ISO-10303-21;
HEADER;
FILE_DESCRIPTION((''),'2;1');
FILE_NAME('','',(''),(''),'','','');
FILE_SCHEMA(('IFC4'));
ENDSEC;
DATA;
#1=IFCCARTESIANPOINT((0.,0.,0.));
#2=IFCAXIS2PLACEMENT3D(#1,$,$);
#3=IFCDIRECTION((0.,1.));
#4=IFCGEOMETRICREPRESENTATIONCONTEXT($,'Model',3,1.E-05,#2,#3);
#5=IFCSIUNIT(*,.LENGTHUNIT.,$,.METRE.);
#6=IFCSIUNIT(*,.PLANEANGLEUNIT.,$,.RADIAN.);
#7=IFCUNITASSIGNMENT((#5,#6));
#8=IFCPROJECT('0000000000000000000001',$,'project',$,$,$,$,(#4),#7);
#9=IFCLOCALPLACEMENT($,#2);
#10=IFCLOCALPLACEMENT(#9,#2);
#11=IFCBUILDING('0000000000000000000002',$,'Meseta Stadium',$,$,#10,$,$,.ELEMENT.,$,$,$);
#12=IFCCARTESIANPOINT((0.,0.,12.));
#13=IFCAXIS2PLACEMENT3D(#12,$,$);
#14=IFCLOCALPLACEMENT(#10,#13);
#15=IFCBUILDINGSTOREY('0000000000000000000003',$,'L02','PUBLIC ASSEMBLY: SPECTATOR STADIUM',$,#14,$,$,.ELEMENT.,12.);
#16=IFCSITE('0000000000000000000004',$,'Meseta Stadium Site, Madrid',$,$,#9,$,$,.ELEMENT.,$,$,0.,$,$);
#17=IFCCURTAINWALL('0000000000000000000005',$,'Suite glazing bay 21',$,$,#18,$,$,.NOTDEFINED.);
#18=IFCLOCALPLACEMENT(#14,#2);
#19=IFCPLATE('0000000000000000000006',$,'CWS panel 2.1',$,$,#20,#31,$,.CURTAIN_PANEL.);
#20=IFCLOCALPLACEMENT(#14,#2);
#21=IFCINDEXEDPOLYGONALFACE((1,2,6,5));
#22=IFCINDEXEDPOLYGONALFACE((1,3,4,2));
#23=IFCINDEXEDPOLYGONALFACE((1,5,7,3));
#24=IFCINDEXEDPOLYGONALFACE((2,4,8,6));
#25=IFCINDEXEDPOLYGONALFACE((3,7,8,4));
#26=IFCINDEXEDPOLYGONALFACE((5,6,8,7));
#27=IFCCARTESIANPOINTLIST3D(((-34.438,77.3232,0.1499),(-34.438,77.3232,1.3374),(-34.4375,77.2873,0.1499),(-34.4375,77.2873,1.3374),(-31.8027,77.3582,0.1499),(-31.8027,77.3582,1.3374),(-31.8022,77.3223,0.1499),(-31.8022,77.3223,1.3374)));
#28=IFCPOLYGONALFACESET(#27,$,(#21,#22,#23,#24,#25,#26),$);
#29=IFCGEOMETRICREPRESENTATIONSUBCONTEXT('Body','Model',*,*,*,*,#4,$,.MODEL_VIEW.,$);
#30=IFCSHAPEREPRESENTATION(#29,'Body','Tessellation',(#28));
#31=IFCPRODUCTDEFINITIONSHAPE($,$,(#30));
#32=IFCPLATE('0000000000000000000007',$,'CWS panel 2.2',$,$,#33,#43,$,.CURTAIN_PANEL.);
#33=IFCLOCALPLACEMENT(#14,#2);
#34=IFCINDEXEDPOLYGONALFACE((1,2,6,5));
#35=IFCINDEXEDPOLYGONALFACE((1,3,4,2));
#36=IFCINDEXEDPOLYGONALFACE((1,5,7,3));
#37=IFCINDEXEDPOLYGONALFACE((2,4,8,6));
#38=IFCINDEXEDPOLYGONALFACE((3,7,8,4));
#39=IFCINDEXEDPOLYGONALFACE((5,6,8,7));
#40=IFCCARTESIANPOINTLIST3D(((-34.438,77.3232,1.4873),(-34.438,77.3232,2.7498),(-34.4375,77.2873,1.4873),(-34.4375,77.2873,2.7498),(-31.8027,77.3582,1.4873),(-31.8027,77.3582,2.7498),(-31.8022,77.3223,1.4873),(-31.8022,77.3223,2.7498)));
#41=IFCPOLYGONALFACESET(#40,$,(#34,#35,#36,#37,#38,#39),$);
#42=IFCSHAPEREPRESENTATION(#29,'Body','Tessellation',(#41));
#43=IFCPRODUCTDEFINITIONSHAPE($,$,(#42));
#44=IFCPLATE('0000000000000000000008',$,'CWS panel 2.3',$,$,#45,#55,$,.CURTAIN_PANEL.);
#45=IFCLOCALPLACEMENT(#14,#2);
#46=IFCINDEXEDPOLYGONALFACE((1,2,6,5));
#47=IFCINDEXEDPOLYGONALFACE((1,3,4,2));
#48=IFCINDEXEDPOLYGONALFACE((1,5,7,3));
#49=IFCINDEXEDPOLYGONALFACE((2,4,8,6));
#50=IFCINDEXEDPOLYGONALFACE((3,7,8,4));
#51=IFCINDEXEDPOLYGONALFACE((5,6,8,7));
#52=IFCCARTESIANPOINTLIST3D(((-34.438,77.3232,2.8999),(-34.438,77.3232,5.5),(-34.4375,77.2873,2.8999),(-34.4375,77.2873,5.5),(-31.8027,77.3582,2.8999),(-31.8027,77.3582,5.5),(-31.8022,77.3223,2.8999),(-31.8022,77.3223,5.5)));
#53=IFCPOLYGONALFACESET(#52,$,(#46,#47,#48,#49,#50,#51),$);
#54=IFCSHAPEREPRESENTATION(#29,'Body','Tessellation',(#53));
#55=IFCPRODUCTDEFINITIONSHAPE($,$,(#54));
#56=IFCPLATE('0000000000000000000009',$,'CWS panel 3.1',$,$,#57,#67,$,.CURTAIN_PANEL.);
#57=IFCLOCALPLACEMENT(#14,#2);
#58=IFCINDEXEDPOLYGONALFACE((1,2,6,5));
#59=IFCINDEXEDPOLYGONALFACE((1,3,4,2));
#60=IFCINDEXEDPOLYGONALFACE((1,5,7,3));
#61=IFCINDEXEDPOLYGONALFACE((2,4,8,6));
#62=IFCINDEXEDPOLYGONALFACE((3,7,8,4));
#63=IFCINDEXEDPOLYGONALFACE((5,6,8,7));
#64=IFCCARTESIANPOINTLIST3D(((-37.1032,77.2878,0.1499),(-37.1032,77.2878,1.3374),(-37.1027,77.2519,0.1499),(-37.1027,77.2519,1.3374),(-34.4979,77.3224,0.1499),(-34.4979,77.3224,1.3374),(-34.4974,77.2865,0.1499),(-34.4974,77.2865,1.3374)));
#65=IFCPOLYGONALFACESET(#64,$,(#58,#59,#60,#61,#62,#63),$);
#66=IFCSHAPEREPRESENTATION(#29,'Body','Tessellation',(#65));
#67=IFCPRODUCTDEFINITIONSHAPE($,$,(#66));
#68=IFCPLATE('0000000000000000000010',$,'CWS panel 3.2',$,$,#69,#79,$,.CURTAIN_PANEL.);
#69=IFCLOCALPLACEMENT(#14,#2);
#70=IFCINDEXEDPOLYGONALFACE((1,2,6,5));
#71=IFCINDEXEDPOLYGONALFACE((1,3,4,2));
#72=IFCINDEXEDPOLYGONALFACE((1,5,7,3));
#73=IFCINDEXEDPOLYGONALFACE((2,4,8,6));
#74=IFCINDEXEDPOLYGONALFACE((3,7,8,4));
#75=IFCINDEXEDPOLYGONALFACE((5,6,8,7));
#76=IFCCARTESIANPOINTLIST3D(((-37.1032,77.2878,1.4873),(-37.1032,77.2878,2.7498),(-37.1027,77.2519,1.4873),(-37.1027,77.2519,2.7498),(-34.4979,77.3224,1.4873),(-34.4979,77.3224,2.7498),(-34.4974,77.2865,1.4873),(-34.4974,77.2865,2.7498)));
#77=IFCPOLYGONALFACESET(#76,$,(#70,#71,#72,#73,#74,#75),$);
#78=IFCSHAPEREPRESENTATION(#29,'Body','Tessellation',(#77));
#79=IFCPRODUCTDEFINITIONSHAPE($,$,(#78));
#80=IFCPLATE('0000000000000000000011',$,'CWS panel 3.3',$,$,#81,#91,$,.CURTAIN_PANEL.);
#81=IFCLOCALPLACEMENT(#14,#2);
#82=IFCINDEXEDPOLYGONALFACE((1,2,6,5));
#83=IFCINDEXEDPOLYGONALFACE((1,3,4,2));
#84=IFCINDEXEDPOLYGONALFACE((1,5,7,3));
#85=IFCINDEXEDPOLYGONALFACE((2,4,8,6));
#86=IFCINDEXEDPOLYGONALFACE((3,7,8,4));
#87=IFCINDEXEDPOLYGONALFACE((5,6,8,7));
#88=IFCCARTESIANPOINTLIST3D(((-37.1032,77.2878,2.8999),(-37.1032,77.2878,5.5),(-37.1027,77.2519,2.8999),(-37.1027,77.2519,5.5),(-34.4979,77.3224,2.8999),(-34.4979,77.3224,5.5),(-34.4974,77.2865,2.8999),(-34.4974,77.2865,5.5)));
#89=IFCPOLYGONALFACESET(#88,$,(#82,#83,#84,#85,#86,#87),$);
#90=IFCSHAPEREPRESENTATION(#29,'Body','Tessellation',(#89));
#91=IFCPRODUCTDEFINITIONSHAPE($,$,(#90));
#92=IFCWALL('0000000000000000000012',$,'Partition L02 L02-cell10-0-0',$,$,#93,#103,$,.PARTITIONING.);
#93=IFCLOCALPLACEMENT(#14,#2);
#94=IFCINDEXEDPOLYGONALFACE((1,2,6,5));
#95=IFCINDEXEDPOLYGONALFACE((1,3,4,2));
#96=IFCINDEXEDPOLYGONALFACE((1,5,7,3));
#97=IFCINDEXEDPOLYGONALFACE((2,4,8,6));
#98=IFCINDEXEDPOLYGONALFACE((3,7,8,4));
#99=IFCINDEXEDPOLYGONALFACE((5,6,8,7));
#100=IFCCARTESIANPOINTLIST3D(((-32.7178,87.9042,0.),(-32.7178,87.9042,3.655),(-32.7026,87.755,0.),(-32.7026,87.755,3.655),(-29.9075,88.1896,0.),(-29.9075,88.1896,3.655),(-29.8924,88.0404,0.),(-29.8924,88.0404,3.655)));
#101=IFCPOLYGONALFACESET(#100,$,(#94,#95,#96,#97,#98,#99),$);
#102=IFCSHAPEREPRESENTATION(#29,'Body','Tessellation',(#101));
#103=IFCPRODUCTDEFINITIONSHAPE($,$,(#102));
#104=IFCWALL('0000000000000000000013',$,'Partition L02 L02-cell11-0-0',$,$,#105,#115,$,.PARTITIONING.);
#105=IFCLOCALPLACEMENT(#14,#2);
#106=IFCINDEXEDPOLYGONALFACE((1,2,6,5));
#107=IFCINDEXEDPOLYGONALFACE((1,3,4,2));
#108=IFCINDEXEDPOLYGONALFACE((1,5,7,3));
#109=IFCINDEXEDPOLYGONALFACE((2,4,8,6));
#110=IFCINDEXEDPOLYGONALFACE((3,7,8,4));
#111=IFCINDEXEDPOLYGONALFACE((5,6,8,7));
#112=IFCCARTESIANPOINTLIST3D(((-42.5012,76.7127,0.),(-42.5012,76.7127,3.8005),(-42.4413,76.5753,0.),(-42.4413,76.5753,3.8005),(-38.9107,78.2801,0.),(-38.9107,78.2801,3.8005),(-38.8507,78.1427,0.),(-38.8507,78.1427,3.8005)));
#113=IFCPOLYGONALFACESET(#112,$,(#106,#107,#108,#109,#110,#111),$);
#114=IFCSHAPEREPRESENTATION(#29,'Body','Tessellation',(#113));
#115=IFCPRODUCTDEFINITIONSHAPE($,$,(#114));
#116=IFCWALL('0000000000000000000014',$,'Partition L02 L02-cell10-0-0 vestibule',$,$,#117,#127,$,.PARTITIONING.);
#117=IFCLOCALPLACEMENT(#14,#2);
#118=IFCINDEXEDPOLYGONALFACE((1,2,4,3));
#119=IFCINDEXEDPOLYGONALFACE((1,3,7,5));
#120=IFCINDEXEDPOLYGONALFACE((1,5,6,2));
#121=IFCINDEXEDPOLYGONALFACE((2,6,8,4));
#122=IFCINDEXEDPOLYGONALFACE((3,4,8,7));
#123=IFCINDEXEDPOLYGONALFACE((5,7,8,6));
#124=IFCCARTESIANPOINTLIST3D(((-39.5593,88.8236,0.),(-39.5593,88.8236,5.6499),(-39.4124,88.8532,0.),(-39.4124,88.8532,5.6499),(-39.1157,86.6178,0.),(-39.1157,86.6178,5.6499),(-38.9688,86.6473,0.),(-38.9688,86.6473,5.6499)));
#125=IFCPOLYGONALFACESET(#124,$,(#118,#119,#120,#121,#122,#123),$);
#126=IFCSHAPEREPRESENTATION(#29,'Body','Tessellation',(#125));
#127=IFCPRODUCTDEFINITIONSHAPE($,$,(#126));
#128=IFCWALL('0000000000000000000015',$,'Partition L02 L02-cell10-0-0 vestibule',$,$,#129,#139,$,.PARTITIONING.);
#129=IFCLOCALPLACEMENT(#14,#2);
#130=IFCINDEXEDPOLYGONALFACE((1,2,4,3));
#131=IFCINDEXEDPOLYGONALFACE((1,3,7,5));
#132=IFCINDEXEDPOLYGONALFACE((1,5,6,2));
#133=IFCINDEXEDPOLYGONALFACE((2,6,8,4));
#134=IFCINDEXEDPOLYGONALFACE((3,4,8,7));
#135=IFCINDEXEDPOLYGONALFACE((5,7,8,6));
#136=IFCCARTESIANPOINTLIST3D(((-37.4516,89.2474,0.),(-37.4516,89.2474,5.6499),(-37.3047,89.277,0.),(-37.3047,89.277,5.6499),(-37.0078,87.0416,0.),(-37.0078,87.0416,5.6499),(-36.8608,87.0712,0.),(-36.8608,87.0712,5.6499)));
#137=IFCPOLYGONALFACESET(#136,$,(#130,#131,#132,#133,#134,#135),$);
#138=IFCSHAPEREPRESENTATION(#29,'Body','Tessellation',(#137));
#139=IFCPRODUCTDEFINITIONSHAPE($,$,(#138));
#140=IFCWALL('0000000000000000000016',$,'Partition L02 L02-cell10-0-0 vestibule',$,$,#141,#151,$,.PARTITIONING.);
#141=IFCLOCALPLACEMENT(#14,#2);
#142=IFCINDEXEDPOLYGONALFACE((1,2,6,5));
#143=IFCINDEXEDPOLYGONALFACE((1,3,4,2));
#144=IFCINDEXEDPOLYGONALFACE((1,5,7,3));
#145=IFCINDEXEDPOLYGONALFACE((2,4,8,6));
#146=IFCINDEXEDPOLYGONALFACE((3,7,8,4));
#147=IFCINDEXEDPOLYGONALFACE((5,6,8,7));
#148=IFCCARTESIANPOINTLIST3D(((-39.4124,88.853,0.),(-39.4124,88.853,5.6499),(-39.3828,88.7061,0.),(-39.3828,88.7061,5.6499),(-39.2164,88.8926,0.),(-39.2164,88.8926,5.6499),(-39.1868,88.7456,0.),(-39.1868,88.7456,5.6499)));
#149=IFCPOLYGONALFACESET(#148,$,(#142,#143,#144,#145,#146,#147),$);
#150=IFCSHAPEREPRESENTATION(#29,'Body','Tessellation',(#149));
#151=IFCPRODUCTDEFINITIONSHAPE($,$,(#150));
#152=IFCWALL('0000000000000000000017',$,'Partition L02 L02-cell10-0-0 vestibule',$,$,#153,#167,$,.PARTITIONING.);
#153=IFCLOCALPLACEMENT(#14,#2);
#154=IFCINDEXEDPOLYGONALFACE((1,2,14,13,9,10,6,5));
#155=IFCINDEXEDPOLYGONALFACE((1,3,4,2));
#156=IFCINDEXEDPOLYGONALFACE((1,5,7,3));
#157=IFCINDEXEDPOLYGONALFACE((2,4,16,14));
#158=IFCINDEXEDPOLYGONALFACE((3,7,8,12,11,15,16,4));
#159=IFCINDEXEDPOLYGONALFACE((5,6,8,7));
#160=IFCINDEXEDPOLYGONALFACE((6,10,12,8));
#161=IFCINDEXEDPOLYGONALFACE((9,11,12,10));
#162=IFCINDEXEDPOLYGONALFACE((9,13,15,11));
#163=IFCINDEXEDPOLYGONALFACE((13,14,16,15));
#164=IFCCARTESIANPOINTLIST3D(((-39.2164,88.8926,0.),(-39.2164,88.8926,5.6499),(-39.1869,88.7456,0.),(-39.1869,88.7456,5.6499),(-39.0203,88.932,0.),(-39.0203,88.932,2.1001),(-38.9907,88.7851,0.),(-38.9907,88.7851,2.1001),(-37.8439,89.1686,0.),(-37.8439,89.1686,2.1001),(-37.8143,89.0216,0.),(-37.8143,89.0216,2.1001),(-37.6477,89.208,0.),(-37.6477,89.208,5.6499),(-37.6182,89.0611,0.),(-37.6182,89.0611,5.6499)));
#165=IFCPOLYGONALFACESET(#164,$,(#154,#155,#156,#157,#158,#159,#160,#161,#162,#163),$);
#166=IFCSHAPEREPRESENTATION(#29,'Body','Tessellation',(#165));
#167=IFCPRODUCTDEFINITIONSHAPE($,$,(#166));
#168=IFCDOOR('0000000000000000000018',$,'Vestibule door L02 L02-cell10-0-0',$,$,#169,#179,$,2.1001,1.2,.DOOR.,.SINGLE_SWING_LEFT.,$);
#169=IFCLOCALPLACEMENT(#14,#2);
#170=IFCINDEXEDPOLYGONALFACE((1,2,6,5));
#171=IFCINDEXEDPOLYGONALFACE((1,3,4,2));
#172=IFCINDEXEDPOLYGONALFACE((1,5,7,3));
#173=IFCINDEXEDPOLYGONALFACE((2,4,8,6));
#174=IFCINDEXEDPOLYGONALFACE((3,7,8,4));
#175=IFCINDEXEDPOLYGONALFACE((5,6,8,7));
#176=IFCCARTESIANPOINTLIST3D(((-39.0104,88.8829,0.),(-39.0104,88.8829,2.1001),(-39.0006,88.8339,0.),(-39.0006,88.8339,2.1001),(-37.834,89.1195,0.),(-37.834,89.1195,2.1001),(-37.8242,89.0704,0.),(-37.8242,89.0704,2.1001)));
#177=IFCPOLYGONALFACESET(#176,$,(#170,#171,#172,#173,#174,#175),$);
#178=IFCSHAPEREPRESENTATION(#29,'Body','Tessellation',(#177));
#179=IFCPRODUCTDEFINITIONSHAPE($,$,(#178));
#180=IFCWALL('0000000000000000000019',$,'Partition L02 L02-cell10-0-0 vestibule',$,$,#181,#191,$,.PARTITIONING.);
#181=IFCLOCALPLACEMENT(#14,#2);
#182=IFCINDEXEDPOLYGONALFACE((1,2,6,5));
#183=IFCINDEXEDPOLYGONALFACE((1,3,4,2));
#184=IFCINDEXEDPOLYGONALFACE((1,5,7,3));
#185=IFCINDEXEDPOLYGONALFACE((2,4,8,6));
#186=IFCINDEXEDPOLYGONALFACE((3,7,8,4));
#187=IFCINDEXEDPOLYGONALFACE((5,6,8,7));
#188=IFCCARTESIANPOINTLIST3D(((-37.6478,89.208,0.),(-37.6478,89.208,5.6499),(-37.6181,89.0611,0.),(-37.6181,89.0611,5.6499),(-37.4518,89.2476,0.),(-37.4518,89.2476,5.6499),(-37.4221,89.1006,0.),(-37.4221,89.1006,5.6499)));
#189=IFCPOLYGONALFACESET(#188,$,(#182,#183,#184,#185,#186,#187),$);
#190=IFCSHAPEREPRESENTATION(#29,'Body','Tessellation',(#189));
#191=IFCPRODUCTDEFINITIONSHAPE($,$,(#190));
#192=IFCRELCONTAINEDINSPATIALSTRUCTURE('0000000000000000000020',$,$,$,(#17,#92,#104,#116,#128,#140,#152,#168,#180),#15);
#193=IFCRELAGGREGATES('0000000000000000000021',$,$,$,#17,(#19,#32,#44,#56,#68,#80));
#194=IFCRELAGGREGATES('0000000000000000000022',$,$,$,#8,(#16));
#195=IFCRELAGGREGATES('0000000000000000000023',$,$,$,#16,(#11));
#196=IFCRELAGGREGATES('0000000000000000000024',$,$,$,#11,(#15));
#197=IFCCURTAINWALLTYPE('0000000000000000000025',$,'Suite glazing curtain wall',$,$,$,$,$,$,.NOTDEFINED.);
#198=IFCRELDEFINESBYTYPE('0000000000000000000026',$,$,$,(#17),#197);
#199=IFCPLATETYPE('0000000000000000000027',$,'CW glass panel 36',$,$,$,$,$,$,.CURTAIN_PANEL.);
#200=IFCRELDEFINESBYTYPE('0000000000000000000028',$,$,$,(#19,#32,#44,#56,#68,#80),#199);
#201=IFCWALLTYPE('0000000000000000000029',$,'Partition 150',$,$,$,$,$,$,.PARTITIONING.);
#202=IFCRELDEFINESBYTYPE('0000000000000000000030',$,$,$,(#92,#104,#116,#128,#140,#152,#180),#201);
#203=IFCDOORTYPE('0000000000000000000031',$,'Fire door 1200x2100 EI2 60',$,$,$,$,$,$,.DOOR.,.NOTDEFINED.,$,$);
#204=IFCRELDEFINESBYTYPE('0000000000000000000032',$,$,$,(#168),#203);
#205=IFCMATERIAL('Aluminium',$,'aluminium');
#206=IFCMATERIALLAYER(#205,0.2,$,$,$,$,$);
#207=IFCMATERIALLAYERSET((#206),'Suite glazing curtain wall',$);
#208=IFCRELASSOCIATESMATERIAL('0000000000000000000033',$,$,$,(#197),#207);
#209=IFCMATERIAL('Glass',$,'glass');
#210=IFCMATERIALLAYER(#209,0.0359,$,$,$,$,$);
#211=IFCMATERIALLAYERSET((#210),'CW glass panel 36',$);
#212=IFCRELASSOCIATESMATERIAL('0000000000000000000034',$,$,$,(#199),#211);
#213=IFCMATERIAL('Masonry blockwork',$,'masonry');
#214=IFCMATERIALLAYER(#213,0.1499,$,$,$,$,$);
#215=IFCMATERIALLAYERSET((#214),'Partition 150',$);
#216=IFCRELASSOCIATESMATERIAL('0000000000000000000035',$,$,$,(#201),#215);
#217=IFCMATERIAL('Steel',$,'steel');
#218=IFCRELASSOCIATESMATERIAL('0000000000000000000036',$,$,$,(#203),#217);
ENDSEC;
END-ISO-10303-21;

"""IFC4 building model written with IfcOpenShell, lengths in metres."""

from ifc_helpers import new_model, si_unit, direction, frame, frame_2d, origin, origin_2d, place, context, subcontext, project, spatial, rectangle, extrude, material, layer, layer_set, type_object, element, fill, aggregate, save


model = new_model("IFC4")

# Units and contexts
model_context = context("Model", 3, precision=1e-05, world=origin(), true_north=direction((0.0, 1.0)))
body_context = subcontext(model_context, "Body", "Model", "MODEL_VIEW")
ifc_project = project(units=[si_unit("LENGTHUNIT", "METRE"), si_unit("PLANEANGLEUNIT", "RADIAN")], contexts=[model_context])

# Site, building, storey
site_placement = place(None, origin())
site = spatial("IfcSite", under=ifc_project, at=site_placement, Name="Meseta Stadium Site, Madrid", CompositionType="ELEMENT", RefElevation=0.0)
building_placement = place(site_placement, origin())
building = spatial("IfcBuilding", under=site, at=building_placement, Name="Meseta Stadium", CompositionType="ELEMENT")
storey_placement = place(building_placement, frame((0.0, 0.0, 12.0)))
storey = spatial("IfcBuildingStorey", under=building, at=storey_placement, Name="L02", Description="PUBLIC ASSEMBLY: SPECTATOR STADIUM", CompositionType="ELEMENT", Elevation=12.0)

# Curtain wall
ifc_material_1 = material(Name="Aluminium", Category="aluminium")
ifc_layer_1 = layer(ifc_material_1, 0.2)
ifc_layer_set_1 = layer_set([ifc_layer_1], Name="Suite glazing curtain wall")
curtain_wall_type = type_object("IfcCurtainWallType", Name="Suite glazing curtain wall", PredefinedType="NOTDEFINED", material=ifc_layer_set_1)
curtain_wall_placement = place(storey_placement, origin())
curtain_wall = element("IfcCurtainWall", 1, at=curtain_wall_placement, inside=storey, type_object=curtain_wall_type, Name="Suite glazing bay 21", PredefinedType="NOTDEFINED")

# Plates
ifc_material_2 = material(Name="Glass", Category="glass")
ifc_layer_2 = layer(ifc_material_2, 0.0359)
ifc_layer_set_2 = layer_set([ifc_layer_2], Name="CW glass panel 36")
plate_type = type_object("IfcPlateType", Name="CW glass panel 36", PredefinedType="CURTAIN_PANEL", material=ifc_layer_set_2)
plate_1_placement = place(storey_placement, frame((-33.1201, 77.3228, 0.1499), z_axis=(0.0, 0.0, 1.0), x_axis=(-0.999912, -0.013281, 0.0)))
plate_1 = element("IfcPlate", 2, at=plate_1_placement, type_object=plate_type, Name="CWS panel 2.1", PredefinedType="CURTAIN_PANEL", context=body_context, shape_type="SweptSolid", body=[
    extrude(rectangle(XDim=2.6355, YDim=0.0359, at=origin_2d()), origin(), (0.0, 0.0, 1.0), 1.1875),
])
plate_2_placement = place(storey_placement, frame((-33.1201, 77.3228, 1.4873), z_axis=(0.0, 0.0, 1.0), x_axis=(-0.999912, -0.013281, 0.0)))
plate_2 = element("IfcPlate", 3, at=plate_2_placement, type_object=plate_type, Name="CWS panel 2.2", PredefinedType="CURTAIN_PANEL", context=body_context, shape_type="SweptSolid", body=[
    extrude(rectangle(XDim=2.6355, YDim=0.0359, at=origin_2d()), origin(), (0.0, 0.0, 1.0), 1.2625),
])
plate_3_placement = place(storey_placement, frame((-33.1201, 77.3228, 2.8999), z_axis=(0.0, 0.0, 1.0), x_axis=(-0.999912, -0.013281, 0.0)))
plate_3 = element("IfcPlate", 4, at=plate_3_placement, type_object=plate_type, Name="CWS panel 2.3", PredefinedType="CURTAIN_PANEL", context=body_context, shape_type="SweptSolid", body=[
    extrude(rectangle(XDim=2.6355, YDim=0.0359, at=origin_2d()), origin(), (0.0, 0.0, 1.0), 2.6001),
])
plate_4_placement = place(storey_placement, frame((-35.8003, 77.2871, 0.1499), z_axis=(0.0, 0.0, 1.0), x_axis=(-0.999912, -0.013281, 0.0)))
plate_4 = element("IfcPlate", 5, at=plate_4_placement, type_object=plate_type, Name="CWS panel 3.1", PredefinedType="CURTAIN_PANEL", context=body_context, shape_type="SweptSolid", body=[
    extrude(rectangle(XDim=2.6055, YDim=0.0359, at=origin_2d()), origin(), (0.0, 0.0, 1.0), 1.1875),
])
plate_5_placement = place(storey_placement, frame((-35.8003, 77.2871, 1.4873), z_axis=(0.0, 0.0, 1.0), x_axis=(-0.999912, -0.013281, 0.0)))
plate_5 = element("IfcPlate", 6, at=plate_5_placement, type_object=plate_type, Name="CWS panel 3.2", PredefinedType="CURTAIN_PANEL", context=body_context, shape_type="SweptSolid", body=[
    extrude(rectangle(XDim=2.6055, YDim=0.0359, at=origin_2d()), origin(), (0.0, 0.0, 1.0), 1.2625),
])
plate_6_placement = place(storey_placement, frame((-35.8003, 77.2871, 2.8999), z_axis=(0.0, 0.0, 1.0), x_axis=(-0.999912, -0.013281, 0.0)))
plate_6 = element("IfcPlate", 7, at=plate_6_placement, type_object=plate_type, Name="CWS panel 3.3", PredefinedType="CURTAIN_PANEL", context=body_context, shape_type="SweptSolid", body=[
    extrude(rectangle(XDim=2.6055, YDim=0.0359, at=origin_2d()), origin(), (0.0, 0.0, 1.0), 2.6001),
])
aggregate(curtain_wall, [plate_1, plate_2, plate_3, plate_4, plate_5, plate_6])

# Walls
ifc_material_3 = material(Name="Masonry blockwork", Category="masonry")
ifc_layer_3 = layer(ifc_material_3, 0.1499)
ifc_layer_set_3 = layer_set([ifc_layer_3], Name="Partition 150")
wall_type = type_object("IfcWallType", Name="Partition 150", PredefinedType="PARTITIONING", material=ifc_layer_set_3)
wall_1_placement = place(storey_placement, frame((-32.7102, 87.8296, 0.0), z_axis=(0.0, 0.0, 1.0), x_axis=(0.994883, 0.101035, 0.0)))
element("IfcWall", 8, at=wall_1_placement, inside=storey, type_object=wall_type, Name="Partition L02 L02-cell10-0-0", PredefinedType="PARTITIONING", context=body_context, shape_type="SweptSolid", body=[
    extrude(rectangle(XDim=2.8247, YDim=0.1499, at=frame_2d((1.4124, 0.0))), origin(), (0.0, 0.0, 1.0), 3.655),
])
wall_2_placement = place(storey_placement, frame((-38.8806, 78.2114, 0.0), z_axis=(0.0, 0.0, 1.0), x_axis=(-0.916485, -0.40007, 0.0)))
element("IfcWall", 9, at=wall_2_placement, inside=storey, type_object=wall_type, Name="Partition L02 L02-cell11-0-0", PredefinedType="PARTITIONING", context=body_context, shape_type="SweptSolid", body=[
    extrude(rectangle(XDim=3.9177, YDim=0.1499, at=frame_2d((1.959, 0.0))), origin(), (0.0, 0.0, 1.0), 3.8005),
])
for number, where, z_axis, x_axis, name in (
    (10, (-39.0422, 86.6326, 0.0), (0.0, 0.0, 1.0), (-0.197159, 0.980371, 0.0), "Partition L02 L02-cell10-0-0 vestibule"),
    (11, (-36.9343, 87.0564, 0.0), (0.0, 0.0, 1.0), (-0.197264, 0.98035, 0.0), "Partition L02 L02-cell10-0-0 vestibule"),
):
    element("IfcWall", number, at=place(storey_placement, frame(where, z_axis=z_axis, x_axis=x_axis)), inside=storey, type_object=wall_type, Name=name, PredefinedType="PARTITIONING", context=body_context, shape_type="SweptSolid", body=[
        extrude(rectangle(XDim=2.25, YDim=0.1499, at=frame_2d((1.125, 0.0))), origin(), (0.0, 0.0, 1.0), 5.6499),
    ])
wall_3_placement = place(storey_placement, frame((-39.3977, 88.7795, 0.0), z_axis=(0.0, 0.0, 1.0), x_axis=(0.980251, 0.197759, 0.0)))
element("IfcWall", 12, at=wall_3_placement, inside=storey, type_object=wall_type, Name="Partition L02 L02-cell10-0-0 vestibule", PredefinedType="PARTITIONING", context=body_context, shape_type="SweptSolid", body=[
    extrude(rectangle(XDim=0.2, YDim=0.1499, at=frame_2d((0.1001, 0.0))), origin(), (0.0, 0.0, 1.0), 5.6499),
])

# Wall, opening, door
wall_4_placement = place(storey_placement, frame((-39.2017, 88.8191, 0.0), z_axis=(0.0, 0.0, 1.0), x_axis=(0.980375, 0.197143, 0.0)))
wall_4 = element("IfcWall", 13, at=wall_4_placement, inside=storey, type_object=wall_type, Name="Partition L02 L02-cell10-0-0 vestibule", PredefinedType="PARTITIONING", context=body_context, shape_type="SweptSolid", body=[
    extrude(rectangle(XDim=1.6001, YDim=0.1499, at=frame_2d((0.8, 0.0))), origin(), (0.0, 0.0, 1.0), 5.6499),
])
opening_placement = place(wall_4_placement, frame((0.2, 0.0, 0.0)))
opening = element("IfcOpeningElement", 14, at=opening_placement, cuts=wall_4, PredefinedType="OPENING", context=body_context, shape_type="SweptSolid", body=[
    extrude(rectangle(XDim=1.2, YDim=2.1001, at=frame_2d((0.6001, 1.05))), frame((0.0, 0.085, 0.0), z_axis=(0.0, -1.0, 0.0), x_axis=(1.0, 0.0, 0.0)), (0.0, 0.0, 1.0), 0.1699),
])
ifc_material_4 = material(Name="Steel", Category="steel")
door_type = type_object("IfcDoorType", Name="Fire door 1200x2100 EI2 60", OperationType="NOTDEFINED", PredefinedType="DOOR", material=ifc_material_4)
door_placement = place(opening_placement, origin())
door = element("IfcDoor", 15, at=door_placement, inside=storey, type_object=door_type, Name="Vestibule door L02 L02-cell10-0-0", OperationType="SINGLE_SWING_LEFT", OverallHeight=2.1001, OverallWidth=1.2, PredefinedType="DOOR", context=body_context, shape_type="SweptSolid", body=[
    extrude(rectangle(XDim=1.2, YDim=2.1001, at=frame_2d((0.6001, 1.05))), frame((0.0, 0.0249, 0.0), z_axis=(0.0, -1.0, 0.0), x_axis=(1.0, 0.0, 0.0)), (0.0, 0.0, 1.0), 0.05),
])
fill(opening, door)

# Wall
wall_5_placement = place(storey_placement, frame((-37.6331, 89.1345, 0.0), z_axis=(0.0, 0.0, 1.0), x_axis=(0.980251, 0.197759, 0.0)))
element("IfcWall", 16, at=wall_5_placement, inside=storey, type_object=wall_type, Name="Partition L02 L02-cell10-0-0 vestibule", PredefinedType="PARTITIONING", context=body_context, shape_type="SweptSolid", body=[
    extrude(rectangle(XDim=0.2, YDim=0.1499, at=frame_2d((0.1001, 0.0))), origin(), (0.0, 0.0, 1.0), 5.6499),
])

save(model, "model.ifc")
